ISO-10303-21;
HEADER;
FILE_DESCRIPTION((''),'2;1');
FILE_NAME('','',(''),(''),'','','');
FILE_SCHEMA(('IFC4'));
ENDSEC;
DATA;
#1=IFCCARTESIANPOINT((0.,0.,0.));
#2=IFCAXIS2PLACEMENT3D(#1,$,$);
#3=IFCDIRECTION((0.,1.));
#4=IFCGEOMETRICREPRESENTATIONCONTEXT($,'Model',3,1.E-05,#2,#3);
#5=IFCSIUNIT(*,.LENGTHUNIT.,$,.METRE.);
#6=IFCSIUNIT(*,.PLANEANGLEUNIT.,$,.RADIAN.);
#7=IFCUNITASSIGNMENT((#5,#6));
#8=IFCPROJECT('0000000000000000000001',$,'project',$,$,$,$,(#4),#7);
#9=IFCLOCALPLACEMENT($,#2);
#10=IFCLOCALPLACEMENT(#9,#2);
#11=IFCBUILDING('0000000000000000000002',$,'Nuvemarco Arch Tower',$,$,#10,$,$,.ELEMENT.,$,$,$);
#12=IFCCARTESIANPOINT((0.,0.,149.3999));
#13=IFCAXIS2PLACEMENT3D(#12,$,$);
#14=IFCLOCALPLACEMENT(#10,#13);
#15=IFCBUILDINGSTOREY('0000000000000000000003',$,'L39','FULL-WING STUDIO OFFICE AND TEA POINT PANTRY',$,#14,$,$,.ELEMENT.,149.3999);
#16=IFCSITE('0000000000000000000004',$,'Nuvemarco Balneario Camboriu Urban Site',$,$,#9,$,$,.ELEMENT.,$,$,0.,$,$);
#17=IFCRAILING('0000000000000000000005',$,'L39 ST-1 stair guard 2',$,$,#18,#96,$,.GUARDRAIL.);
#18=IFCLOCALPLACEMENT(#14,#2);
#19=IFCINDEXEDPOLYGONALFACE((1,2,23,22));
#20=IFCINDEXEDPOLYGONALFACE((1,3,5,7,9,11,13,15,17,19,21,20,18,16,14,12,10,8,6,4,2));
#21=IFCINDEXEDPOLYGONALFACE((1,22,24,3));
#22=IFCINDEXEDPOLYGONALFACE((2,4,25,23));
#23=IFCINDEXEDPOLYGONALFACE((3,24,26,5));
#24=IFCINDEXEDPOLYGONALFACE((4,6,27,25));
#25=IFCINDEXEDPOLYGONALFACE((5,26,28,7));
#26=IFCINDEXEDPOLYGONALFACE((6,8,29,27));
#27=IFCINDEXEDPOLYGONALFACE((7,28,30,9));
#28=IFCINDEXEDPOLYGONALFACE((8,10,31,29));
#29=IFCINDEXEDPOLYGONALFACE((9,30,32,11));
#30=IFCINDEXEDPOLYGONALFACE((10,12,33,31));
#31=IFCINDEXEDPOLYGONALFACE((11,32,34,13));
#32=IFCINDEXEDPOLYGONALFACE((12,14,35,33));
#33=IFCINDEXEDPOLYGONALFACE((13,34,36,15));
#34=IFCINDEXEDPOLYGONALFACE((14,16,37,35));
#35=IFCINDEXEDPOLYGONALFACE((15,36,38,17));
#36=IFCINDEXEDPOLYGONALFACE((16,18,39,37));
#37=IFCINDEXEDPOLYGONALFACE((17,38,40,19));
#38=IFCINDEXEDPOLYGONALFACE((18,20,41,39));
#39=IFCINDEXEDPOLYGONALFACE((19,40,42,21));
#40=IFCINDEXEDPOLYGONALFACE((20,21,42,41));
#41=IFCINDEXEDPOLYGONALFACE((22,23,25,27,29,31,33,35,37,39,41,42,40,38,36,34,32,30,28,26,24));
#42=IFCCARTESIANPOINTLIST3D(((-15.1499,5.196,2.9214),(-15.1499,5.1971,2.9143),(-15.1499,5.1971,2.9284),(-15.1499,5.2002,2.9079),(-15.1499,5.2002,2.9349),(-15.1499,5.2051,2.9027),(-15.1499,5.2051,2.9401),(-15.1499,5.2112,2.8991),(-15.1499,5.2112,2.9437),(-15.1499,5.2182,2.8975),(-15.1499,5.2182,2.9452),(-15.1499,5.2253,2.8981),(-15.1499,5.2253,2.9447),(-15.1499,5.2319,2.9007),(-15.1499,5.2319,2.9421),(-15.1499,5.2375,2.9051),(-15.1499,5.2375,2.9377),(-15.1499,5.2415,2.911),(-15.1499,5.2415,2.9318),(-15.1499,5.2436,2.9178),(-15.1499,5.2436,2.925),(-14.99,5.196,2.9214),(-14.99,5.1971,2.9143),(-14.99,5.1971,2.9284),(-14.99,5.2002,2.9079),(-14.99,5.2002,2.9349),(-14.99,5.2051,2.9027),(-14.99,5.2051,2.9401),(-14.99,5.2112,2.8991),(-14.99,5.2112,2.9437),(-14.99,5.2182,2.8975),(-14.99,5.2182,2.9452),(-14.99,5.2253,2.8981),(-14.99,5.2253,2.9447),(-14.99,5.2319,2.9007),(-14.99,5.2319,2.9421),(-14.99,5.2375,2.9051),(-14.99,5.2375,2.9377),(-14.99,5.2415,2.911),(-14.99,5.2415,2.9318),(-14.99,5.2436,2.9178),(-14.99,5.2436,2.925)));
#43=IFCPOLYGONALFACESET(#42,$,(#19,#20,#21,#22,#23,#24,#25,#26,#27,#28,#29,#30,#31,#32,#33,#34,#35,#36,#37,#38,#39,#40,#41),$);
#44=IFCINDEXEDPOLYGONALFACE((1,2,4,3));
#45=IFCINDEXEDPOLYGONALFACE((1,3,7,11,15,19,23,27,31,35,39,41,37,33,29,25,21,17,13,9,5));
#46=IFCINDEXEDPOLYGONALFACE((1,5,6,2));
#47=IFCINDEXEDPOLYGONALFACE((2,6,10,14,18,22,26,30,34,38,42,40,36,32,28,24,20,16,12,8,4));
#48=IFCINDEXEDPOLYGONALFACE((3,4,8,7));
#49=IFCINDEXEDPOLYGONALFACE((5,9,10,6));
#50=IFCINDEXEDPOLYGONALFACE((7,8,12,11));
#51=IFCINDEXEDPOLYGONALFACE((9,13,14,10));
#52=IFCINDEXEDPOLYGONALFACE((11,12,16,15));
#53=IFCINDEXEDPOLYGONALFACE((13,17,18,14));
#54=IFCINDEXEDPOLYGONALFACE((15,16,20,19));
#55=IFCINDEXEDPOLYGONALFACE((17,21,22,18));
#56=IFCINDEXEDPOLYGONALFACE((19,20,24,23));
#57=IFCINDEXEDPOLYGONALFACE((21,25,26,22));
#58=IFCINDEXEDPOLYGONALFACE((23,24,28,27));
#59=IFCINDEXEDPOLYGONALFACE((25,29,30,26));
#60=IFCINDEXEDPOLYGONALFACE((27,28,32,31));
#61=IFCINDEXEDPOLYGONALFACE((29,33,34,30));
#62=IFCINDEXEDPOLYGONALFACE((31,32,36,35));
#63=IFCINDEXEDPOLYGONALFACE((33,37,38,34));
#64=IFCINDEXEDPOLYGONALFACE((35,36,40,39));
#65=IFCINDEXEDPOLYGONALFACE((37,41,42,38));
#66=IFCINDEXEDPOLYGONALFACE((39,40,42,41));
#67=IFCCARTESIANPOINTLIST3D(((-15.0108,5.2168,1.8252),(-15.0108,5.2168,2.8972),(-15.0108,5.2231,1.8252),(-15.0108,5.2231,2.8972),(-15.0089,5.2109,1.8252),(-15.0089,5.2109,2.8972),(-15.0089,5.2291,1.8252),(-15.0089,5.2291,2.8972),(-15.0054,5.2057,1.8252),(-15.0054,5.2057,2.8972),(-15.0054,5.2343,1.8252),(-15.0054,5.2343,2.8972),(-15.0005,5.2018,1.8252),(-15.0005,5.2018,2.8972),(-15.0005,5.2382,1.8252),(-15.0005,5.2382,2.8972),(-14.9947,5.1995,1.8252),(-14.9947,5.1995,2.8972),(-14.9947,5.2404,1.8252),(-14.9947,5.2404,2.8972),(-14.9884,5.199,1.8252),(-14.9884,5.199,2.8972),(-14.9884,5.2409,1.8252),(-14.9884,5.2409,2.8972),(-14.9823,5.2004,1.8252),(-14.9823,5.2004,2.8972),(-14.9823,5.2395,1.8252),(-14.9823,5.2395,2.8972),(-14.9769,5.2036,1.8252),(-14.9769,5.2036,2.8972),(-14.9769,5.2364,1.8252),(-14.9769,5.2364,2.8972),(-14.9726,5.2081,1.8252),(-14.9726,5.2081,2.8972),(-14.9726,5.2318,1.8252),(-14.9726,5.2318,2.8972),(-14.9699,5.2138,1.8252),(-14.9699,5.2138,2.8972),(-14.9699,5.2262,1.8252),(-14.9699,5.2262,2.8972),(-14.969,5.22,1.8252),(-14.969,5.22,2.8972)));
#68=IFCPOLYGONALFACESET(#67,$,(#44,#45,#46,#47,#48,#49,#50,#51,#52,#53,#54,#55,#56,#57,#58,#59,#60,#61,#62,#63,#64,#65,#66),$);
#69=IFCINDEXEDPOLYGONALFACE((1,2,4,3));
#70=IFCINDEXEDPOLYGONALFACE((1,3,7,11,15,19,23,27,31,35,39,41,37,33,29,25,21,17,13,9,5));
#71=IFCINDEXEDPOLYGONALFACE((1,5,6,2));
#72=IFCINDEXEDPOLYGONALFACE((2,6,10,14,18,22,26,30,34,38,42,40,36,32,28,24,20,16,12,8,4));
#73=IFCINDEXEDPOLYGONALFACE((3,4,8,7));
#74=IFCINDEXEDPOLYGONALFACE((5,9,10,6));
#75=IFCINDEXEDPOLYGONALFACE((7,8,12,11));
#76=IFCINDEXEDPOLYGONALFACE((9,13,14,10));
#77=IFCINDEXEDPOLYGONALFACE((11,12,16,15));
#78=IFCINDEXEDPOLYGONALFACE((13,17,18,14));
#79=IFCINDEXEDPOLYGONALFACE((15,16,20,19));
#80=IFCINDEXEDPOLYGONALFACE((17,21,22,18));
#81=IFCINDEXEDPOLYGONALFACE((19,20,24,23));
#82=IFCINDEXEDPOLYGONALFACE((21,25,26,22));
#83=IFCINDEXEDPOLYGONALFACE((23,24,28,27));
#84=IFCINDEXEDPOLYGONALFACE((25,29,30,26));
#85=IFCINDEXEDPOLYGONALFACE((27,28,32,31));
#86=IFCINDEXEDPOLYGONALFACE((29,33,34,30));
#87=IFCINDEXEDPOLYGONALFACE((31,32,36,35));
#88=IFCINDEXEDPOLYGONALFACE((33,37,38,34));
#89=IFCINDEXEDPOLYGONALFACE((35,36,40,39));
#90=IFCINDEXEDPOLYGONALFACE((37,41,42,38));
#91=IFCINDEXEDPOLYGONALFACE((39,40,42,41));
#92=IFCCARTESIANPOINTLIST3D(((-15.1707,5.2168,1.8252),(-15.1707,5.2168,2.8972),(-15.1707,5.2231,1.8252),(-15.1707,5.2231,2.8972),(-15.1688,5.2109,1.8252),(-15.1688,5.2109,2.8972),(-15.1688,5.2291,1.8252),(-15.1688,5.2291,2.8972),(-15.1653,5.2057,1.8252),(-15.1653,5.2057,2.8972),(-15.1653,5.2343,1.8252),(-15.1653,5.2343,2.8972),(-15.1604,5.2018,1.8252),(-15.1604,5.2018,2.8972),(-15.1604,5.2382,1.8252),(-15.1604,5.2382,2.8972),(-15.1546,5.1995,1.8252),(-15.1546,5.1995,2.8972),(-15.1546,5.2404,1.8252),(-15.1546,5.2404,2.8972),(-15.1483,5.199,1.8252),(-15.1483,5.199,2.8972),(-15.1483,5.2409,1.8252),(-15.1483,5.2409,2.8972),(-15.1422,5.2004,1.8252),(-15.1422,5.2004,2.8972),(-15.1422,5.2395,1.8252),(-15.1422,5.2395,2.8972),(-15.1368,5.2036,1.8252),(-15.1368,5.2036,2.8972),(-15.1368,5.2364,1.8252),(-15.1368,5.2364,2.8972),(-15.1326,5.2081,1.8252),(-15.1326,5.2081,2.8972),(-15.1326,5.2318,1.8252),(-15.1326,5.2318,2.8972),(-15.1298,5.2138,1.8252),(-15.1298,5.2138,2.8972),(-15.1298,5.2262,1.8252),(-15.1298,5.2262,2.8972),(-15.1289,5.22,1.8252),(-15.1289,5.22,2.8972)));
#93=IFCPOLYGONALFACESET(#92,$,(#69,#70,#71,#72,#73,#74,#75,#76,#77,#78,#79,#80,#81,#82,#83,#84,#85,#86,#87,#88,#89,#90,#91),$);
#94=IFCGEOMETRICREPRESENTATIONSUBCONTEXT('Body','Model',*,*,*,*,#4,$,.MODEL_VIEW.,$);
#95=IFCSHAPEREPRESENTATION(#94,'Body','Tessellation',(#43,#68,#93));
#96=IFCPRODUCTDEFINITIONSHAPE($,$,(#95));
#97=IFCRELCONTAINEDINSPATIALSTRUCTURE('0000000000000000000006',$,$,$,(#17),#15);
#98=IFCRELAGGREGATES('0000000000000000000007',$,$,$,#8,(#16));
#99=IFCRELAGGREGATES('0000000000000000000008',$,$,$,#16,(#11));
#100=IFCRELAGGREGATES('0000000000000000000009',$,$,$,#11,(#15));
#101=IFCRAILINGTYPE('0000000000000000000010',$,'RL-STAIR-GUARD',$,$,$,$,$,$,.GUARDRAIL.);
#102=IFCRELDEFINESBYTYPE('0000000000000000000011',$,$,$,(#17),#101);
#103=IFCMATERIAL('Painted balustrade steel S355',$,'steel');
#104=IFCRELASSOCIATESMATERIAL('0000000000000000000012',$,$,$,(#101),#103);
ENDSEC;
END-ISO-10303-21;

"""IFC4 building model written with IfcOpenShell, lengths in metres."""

from ifc_helpers import new_model, si_unit, direction, frame, origin, origin_2d, place, context, subcontext, project, spatial, circle, extrude, material, type_object, element, save


model = new_model("IFC4")

# Units and contexts
model_context = context("Model", 3, precision=1e-05, world=origin(), true_north=direction((0.0, 1.0)))
body_context = subcontext(model_context, "Body", "Model", "MODEL_VIEW")
ifc_project = project(units=[si_unit("LENGTHUNIT", "METRE"), si_unit("PLANEANGLEUNIT", "RADIAN")], contexts=[model_context])

# Site, building, storey
site_placement = place(None, origin())
site = spatial("IfcSite", under=ifc_project, at=site_placement, Name="Nuvemarco Balneario Camboriu Urban Site", CompositionType="ELEMENT", RefElevation=0.0)
building_placement = place(site_placement, origin())
building = spatial("IfcBuilding", under=site, at=building_placement, Name="Nuvemarco Arch Tower", CompositionType="ELEMENT")
storey_placement = place(building_placement, frame((0.0, 0.0, 149.3999)))
storey = spatial("IfcBuildingStorey", under=building, at=storey_placement, Name="L39", Description="FULL-WING STUDIO OFFICE AND TEA POINT PANTRY", CompositionType="ELEMENT", Elevation=149.3999)

# Railing
ifc_material_1 = material(Name="Painted balustrade steel S355", Category="steel")
railing_type_1 = type_object("IfcRailingType", Name="RL-STAIR-GUARD", PredefinedType="GUARDRAIL", material=ifc_material_1)
railing_1_placement = place(storey_placement, frame((-14.99, 5.22, 1.8252)))
element("IfcRailing", 1, at=railing_1_placement, inside=storey, type_object=railing_type_1, Name="L39 ST-1 stair guard 2", PredefinedType="GUARDRAIL", context=body_context, shape_type="SweptSolid", body=[
    extrude(circle(Radius=0.0239, at=origin_2d()), frame((0.0, 0.0, 1.0962), z_axis=(-1.0, 0.0, 0.0), x_axis=(0.0, -1.0, 0.0)), (0.0, 0.0, 1.0), 0.1599),
    extrude(circle(Radius=0.021, at=origin_2d()), origin(), (0.0, 0.0, 1.0), 1.072),
    extrude(circle(Radius=0.021, at=origin_2d()), frame((-0.1599, 0.0, 0.0)), (0.0, 0.0, 1.0), 1.072),
])

save(model, "model.ifc")
